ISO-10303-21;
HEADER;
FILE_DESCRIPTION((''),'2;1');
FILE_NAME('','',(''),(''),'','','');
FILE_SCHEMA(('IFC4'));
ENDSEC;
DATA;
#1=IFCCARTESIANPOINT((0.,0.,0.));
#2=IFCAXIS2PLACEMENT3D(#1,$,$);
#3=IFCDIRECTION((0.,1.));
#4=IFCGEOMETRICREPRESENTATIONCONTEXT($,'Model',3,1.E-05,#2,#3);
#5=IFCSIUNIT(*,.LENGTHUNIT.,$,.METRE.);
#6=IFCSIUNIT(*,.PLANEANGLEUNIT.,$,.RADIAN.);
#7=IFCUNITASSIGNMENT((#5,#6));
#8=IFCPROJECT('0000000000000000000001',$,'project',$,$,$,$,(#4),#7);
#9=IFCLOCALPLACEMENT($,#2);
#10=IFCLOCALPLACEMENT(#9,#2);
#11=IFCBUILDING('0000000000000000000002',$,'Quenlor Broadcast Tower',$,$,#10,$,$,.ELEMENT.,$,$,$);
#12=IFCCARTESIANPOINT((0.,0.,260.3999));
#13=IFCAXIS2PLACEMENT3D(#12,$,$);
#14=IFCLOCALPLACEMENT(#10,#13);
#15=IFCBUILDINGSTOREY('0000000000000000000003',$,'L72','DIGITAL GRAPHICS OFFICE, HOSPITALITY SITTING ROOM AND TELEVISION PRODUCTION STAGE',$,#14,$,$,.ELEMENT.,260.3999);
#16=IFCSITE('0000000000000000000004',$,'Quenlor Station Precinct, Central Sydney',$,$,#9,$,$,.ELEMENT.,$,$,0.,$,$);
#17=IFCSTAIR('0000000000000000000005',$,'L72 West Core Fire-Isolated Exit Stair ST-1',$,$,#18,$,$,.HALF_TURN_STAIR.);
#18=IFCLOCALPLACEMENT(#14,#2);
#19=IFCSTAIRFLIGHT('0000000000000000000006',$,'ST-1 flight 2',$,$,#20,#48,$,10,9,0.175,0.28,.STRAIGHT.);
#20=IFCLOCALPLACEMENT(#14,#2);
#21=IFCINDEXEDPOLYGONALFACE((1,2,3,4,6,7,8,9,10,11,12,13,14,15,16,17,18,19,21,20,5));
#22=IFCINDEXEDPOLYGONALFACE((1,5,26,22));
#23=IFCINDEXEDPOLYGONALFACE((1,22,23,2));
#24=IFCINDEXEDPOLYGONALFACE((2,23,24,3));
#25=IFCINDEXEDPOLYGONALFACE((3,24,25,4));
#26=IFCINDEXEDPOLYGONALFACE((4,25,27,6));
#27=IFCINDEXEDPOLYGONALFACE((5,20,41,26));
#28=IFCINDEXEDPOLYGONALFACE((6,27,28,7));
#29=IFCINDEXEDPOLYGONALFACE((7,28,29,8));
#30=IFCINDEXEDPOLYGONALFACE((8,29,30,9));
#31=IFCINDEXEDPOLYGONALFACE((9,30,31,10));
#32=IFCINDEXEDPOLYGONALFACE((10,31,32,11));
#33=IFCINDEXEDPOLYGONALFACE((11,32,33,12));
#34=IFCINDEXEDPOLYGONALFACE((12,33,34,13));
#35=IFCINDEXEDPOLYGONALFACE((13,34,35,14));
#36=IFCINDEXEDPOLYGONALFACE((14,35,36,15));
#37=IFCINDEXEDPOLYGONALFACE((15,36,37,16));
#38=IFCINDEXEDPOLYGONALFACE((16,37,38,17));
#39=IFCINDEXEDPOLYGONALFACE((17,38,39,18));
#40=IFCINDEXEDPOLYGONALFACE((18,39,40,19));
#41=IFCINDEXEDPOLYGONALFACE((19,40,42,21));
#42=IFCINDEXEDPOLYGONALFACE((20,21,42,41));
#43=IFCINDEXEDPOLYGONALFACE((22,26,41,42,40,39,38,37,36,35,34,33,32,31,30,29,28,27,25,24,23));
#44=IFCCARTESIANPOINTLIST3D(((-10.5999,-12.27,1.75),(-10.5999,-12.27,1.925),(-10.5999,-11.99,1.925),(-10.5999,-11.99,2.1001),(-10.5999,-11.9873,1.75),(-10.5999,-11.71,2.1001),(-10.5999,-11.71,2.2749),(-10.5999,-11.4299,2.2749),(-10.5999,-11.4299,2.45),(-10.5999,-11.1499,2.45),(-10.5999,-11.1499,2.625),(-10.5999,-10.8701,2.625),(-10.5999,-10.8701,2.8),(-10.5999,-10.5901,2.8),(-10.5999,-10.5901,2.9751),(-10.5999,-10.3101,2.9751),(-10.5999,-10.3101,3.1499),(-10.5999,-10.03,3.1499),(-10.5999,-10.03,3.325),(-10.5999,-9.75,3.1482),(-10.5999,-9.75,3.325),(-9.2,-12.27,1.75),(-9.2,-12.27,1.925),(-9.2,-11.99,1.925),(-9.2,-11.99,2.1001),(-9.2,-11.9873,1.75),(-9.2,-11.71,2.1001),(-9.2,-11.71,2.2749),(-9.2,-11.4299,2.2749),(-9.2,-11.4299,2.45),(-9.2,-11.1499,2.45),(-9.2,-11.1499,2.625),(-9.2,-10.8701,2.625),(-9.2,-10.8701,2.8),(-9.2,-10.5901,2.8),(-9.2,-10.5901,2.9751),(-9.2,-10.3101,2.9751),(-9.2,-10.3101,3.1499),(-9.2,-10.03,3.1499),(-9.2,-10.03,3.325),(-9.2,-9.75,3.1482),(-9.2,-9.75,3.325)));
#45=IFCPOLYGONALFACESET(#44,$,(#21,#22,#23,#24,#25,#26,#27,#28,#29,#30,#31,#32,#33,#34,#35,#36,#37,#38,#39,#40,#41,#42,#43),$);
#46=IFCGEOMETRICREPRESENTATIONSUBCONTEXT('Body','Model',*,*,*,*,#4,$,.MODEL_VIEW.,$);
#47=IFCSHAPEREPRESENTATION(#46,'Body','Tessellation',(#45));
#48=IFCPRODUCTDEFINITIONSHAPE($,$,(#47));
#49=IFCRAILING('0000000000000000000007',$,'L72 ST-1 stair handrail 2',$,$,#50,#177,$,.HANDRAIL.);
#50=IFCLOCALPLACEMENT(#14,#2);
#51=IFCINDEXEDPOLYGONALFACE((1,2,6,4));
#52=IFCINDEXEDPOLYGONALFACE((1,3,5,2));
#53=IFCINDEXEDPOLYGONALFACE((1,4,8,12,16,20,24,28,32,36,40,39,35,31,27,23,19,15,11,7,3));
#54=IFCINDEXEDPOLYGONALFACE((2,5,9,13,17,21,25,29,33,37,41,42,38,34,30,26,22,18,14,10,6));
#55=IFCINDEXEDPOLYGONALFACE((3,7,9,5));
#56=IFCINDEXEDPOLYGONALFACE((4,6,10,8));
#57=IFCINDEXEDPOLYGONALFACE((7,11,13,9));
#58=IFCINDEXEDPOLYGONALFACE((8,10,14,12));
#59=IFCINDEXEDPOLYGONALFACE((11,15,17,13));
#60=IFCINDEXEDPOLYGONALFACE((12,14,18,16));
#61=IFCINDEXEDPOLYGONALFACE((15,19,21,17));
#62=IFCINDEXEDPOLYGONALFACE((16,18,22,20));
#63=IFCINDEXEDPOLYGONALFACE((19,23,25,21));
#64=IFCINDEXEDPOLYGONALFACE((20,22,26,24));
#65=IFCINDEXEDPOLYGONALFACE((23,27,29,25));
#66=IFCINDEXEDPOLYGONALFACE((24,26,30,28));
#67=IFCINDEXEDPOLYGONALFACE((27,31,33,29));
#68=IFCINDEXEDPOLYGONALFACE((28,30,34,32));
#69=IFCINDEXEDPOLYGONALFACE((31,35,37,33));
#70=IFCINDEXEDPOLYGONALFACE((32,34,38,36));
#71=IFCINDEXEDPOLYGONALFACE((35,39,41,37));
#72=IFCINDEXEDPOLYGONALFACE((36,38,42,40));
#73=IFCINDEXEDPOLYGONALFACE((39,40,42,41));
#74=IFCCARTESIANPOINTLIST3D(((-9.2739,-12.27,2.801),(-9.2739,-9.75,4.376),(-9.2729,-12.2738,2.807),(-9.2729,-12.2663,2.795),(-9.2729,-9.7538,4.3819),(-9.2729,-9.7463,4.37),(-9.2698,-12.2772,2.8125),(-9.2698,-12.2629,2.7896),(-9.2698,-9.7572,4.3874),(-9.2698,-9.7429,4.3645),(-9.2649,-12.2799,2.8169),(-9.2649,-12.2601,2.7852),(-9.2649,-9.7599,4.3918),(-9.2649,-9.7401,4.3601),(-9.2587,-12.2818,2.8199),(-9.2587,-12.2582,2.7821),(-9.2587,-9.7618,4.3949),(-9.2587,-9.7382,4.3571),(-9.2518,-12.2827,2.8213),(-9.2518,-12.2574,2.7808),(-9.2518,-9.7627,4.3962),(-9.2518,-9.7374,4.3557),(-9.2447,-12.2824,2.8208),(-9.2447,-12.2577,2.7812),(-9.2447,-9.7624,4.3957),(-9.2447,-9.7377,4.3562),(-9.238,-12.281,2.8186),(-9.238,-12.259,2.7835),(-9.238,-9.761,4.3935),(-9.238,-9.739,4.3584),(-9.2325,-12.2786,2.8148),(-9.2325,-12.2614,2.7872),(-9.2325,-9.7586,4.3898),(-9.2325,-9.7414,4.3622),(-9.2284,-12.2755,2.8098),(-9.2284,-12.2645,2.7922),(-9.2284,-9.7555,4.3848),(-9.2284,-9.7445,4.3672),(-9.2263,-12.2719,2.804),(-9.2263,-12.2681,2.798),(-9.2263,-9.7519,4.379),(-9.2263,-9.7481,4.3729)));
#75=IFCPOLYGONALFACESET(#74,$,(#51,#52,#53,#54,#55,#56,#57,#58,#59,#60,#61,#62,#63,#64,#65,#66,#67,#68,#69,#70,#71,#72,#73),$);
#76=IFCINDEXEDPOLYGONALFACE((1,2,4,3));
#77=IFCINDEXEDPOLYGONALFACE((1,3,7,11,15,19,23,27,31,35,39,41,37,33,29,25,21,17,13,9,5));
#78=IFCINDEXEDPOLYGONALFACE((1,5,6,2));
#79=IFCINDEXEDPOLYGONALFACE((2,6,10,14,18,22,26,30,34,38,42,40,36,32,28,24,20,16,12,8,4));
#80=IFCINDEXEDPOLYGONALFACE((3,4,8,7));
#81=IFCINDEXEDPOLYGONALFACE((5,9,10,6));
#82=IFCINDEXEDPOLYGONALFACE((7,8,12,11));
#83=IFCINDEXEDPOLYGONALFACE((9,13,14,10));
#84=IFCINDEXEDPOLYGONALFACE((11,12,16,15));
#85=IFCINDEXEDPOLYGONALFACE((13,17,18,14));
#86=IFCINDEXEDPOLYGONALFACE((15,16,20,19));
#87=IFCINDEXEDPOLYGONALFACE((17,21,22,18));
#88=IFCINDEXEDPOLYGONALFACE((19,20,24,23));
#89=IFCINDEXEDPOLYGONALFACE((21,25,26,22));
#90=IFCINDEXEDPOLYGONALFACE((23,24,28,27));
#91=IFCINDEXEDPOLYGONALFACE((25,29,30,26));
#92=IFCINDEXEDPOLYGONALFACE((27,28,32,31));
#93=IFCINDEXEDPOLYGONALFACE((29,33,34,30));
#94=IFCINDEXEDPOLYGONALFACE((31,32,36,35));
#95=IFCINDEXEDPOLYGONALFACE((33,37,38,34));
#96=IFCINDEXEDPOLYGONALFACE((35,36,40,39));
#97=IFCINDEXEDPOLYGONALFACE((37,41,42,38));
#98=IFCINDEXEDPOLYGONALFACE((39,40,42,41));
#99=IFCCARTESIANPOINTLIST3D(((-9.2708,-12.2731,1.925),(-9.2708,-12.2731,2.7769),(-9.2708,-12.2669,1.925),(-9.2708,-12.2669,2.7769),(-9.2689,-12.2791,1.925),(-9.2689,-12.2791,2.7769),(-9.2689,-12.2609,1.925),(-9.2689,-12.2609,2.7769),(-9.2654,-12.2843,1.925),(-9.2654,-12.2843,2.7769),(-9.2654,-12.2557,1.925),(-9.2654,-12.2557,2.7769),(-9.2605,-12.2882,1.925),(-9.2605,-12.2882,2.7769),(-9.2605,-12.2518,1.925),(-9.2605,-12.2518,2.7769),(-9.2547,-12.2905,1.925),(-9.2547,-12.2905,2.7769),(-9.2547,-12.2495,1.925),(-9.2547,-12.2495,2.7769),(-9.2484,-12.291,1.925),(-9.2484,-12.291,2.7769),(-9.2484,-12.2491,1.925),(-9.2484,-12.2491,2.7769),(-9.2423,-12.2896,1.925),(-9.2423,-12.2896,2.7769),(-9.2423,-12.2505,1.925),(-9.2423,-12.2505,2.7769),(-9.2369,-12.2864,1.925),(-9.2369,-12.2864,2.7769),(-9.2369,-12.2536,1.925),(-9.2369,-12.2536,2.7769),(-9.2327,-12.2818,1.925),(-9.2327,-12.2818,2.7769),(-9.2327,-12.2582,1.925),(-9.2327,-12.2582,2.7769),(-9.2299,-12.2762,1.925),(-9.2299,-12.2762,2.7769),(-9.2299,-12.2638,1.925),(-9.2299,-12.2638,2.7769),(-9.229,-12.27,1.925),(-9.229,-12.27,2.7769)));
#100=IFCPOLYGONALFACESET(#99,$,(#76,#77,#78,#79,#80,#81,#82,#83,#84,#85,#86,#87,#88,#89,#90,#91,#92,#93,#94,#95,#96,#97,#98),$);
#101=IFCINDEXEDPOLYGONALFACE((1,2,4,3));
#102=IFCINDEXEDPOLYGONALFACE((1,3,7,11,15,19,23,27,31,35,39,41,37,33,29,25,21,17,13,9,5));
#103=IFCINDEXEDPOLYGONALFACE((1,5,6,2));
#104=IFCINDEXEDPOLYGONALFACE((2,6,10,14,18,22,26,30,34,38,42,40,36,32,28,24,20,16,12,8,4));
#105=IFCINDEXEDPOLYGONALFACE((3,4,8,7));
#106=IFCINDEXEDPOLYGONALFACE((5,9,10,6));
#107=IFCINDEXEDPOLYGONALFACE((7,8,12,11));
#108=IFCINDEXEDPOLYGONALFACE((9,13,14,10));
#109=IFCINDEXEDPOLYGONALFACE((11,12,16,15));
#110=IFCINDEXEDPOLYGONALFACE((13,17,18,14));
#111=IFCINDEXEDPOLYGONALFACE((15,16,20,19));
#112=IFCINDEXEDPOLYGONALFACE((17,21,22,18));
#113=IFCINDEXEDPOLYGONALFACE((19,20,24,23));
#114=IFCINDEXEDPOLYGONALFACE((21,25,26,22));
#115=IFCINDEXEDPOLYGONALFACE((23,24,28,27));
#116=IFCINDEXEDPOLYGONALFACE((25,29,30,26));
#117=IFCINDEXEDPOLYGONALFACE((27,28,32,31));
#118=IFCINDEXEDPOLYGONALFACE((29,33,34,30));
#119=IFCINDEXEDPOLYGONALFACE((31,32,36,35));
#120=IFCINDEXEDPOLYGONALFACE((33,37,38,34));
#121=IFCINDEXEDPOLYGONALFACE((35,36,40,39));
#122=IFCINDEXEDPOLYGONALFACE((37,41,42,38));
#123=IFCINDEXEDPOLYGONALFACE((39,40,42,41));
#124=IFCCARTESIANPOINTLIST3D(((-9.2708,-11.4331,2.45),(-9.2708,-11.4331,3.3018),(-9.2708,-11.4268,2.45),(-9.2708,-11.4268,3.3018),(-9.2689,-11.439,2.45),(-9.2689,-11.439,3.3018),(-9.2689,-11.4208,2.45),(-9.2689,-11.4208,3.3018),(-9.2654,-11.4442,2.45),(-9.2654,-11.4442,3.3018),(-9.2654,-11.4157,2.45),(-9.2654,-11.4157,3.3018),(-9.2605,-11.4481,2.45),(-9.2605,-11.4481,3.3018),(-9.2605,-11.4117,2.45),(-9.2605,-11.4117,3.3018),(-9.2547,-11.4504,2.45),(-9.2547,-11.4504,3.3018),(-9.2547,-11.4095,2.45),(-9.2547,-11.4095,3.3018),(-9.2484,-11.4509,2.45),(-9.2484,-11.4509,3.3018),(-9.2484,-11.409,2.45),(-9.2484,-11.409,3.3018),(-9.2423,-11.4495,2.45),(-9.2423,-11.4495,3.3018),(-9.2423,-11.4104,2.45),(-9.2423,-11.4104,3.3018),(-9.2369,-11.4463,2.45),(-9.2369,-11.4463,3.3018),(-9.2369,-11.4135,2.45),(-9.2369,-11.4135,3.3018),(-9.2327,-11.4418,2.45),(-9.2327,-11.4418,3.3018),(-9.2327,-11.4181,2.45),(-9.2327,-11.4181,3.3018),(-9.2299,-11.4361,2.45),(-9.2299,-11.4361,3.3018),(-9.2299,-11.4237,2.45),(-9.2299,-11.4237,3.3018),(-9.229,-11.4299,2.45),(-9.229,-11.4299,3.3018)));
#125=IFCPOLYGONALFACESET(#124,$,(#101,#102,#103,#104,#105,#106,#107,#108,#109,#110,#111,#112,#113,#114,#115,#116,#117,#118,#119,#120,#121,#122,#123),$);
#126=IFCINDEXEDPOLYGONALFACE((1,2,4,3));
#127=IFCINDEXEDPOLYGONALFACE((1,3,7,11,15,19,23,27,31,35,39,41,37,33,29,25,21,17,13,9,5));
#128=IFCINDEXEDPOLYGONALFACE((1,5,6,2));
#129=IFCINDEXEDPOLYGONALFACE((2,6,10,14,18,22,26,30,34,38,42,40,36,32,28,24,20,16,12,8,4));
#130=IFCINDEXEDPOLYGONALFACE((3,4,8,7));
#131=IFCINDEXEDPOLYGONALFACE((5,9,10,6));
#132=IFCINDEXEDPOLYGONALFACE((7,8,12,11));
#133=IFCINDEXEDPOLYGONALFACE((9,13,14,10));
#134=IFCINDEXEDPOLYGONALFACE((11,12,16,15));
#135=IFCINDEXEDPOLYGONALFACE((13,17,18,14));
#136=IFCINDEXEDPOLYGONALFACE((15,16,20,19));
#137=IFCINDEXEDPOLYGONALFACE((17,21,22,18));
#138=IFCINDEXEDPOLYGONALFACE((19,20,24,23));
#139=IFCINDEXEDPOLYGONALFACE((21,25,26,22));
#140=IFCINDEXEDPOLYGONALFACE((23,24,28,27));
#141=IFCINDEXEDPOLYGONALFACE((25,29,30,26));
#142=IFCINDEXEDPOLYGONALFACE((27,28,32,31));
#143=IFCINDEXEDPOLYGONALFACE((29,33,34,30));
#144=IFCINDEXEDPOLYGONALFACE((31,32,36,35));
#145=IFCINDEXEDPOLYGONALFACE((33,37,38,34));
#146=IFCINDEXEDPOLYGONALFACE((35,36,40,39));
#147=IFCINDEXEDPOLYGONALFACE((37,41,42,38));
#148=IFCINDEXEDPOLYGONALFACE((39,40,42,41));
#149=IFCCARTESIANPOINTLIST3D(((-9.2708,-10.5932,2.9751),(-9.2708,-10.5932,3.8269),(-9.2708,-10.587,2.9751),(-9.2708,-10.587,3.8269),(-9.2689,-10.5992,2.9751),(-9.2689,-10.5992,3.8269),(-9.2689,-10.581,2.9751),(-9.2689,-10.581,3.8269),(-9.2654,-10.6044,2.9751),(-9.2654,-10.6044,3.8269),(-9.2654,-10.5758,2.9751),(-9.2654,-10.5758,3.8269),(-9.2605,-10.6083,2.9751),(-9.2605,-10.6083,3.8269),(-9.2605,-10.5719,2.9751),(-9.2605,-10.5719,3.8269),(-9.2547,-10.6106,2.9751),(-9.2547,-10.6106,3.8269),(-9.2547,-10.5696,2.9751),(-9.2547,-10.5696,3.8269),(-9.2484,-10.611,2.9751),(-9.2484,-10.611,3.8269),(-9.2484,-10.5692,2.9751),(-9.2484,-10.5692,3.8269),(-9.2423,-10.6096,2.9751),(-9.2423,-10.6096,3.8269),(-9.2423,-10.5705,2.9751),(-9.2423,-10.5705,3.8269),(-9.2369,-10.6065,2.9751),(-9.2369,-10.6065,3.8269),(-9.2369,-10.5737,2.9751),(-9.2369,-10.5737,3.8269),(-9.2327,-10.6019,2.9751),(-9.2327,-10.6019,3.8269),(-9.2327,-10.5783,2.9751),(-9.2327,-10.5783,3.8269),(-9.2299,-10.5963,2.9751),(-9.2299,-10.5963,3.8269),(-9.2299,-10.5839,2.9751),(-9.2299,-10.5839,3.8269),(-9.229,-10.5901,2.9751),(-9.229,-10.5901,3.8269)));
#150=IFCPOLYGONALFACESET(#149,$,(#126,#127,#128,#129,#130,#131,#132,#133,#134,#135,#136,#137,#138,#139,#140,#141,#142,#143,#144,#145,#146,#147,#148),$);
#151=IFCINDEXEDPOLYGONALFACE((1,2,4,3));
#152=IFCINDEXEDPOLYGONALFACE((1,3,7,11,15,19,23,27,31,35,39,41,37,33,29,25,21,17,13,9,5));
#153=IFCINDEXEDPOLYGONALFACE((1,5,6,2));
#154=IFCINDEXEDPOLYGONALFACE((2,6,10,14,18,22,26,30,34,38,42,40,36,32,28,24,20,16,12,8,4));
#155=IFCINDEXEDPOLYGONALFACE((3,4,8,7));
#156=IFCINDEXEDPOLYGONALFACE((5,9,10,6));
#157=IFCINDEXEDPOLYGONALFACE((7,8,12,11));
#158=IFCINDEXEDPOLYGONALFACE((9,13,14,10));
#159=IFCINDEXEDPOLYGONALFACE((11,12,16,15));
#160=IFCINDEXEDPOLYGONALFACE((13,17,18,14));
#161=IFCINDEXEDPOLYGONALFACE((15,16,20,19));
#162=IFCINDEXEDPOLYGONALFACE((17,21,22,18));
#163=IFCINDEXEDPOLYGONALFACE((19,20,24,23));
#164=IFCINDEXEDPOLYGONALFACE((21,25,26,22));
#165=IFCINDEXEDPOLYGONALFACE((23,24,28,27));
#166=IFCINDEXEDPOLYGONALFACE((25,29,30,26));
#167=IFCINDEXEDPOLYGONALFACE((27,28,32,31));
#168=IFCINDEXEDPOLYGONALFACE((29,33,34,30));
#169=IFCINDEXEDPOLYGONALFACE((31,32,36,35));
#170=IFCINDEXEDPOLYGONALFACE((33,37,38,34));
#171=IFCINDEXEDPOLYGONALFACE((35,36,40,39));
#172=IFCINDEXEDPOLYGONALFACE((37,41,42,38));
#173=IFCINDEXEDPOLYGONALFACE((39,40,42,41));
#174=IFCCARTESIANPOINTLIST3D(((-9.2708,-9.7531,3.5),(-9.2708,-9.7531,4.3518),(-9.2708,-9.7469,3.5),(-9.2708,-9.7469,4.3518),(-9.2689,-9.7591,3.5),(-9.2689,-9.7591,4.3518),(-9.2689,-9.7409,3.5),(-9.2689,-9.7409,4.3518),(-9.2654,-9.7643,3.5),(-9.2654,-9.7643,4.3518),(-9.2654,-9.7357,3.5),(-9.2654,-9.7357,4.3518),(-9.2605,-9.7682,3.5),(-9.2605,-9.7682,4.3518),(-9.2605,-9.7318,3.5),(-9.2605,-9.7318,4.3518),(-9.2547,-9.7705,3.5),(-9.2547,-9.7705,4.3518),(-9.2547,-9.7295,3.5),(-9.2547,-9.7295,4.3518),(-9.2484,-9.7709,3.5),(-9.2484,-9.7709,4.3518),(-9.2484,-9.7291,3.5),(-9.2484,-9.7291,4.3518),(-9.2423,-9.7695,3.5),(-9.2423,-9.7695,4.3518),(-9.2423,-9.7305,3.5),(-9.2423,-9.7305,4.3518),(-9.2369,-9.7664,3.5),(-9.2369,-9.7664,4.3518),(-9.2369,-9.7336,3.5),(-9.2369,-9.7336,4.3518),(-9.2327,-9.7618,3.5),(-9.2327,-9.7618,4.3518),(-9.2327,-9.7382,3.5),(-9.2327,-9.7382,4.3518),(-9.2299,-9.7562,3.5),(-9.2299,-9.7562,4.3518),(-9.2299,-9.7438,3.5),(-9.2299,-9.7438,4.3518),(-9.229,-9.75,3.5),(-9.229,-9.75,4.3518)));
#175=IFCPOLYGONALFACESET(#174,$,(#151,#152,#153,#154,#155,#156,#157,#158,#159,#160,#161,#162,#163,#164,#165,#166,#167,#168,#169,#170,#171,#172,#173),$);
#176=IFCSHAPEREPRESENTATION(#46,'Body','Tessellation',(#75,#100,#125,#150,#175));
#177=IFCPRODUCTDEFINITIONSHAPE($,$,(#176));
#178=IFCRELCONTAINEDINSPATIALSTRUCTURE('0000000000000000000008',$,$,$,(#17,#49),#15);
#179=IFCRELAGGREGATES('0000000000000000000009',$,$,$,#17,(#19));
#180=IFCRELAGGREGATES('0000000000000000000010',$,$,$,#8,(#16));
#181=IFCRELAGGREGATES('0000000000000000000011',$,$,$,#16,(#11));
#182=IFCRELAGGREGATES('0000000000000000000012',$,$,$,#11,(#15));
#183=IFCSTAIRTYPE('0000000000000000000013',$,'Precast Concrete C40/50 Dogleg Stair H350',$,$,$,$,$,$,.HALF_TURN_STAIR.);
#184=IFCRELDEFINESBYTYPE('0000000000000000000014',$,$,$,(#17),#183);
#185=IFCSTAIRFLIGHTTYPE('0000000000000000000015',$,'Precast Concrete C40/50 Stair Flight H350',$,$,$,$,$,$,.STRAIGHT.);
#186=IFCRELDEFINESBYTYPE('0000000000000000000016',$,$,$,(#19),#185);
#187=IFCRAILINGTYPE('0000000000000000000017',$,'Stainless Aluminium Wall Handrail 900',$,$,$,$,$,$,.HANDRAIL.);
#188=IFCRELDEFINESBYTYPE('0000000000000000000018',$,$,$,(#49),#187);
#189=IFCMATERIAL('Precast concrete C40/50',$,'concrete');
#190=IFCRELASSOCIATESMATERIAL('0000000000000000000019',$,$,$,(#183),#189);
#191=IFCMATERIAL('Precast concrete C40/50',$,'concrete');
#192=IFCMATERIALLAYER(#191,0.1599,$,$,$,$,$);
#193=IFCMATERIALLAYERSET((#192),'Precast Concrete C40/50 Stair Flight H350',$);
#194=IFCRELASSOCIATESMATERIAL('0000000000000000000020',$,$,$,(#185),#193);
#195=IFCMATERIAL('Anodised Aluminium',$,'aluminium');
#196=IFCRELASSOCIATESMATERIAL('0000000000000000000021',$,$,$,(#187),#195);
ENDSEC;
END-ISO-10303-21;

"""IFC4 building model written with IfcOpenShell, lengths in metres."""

from ifc_helpers import new_model, si_unit, direction, frame, origin, origin_2d, place, context, subcontext, project, spatial, polyline, circle, outline, extrude, material, layer, layer_set, type_object, element, aggregate, save


model = new_model("IFC4")

# Units and contexts
model_context = context("Model", 3, precision=1e-05, world=origin(), true_north=direction((0.0, 1.0)))
body_context = subcontext(model_context, "Body", "Model", "MODEL_VIEW")
ifc_project = project(units=[si_unit("LENGTHUNIT", "METRE"), si_unit("PLANEANGLEUNIT", "RADIAN")], contexts=[model_context])

# Site, building, storey
site_placement = place(None, origin())
site = spatial("IfcSite", under=ifc_project, at=site_placement, Name="Quenlor Station Precinct, Central Sydney", CompositionType="ELEMENT", RefElevation=0.0)
building_placement = place(site_placement, origin())
building = spatial("IfcBuilding", under=site, at=building_placement, Name="Quenlor Broadcast Tower", CompositionType="ELEMENT")
storey_placement = place(building_placement, frame((0.0, 0.0, 260.3999)))
storey = spatial("IfcBuildingStorey", under=building, at=storey_placement, Name="L72", Description="DIGITAL GRAPHICS OFFICE, HOSPITALITY SITTING ROOM AND TELEVISION PRODUCTION STAGE", CompositionType="ELEMENT", Elevation=260.3999)

# Stair, stair flight
ifc_material_1 = material(Name="Precast concrete C40/50", Category="concrete")
stair_type = type_object("IfcStairType", Name="Precast Concrete C40/50 Dogleg Stair H350", PredefinedType="HALF_TURN_STAIR", material=ifc_material_1)
stair_placement = place(storey_placement, origin())
stair = element("IfcStair", 1, at=stair_placement, inside=storey, type_object=stair_type, Name="L72 West Core Fire-Isolated Exit Stair ST-1", PredefinedType="HALF_TURN_STAIR")
ifc_material_2 = material(Name="Precast concrete C40/50", Category="concrete")
ifc_layer_1 = layer(ifc_material_2, 0.1599)
ifc_layer_set_1 = layer_set([ifc_layer_1], Name="Precast Concrete C40/50 Stair Flight H350")
stair_flight_type = type_object("IfcStairFlightType", Name="Precast Concrete C40/50 Stair Flight H350", PredefinedType="STRAIGHT", material=ifc_layer_set_1)
stair_flight_1_placement = place(storey_placement, frame((-9.8999, -12.27, 1.75), z_axis=(0.0, 0.0, 1.0), x_axis=(0.0, 1.0, 0.0)))
stair_flight_1 = element("IfcStairFlight", 2, at=stair_flight_1_placement, type_object=stair_flight_type, Name="ST-1 flight 2", NumberOfRisers=10, NumberOfTreads=9, PredefinedType="STRAIGHT", RiserHeight=0.175, TreadLength=0.28, context=body_context, shape_type="SweptSolid", body=[
    extrude(outline(polyline([(0.0, 0.0), (0.0, 0.175), (0.28, 0.175), (0.28, 0.3501), (0.5601, 0.3501), (0.5601, 0.5249), (0.8401, 0.5249), (0.8401, 0.7), (1.1201, 0.7), (1.1201, 0.875), (1.3999, 0.875), (1.3999, 1.05), (1.6799, 1.05), (1.6799, 1.2251), (1.96, 1.2251), (1.96, 1.3999), (2.24, 1.3999), (2.24, 1.575), (2.52, 1.575), (2.52, 1.75), (2.52, 1.3982), (0.2827, 0.0), (0.0, 0.0)])), frame((0.0, 0.7, 0.0), z_axis=(0.0, -1.0, 0.0), x_axis=(1.0, 0.0, 0.0)), (0.0, 0.0, 1.0), 1.3999),
])
aggregate(stair, [stair_flight_1])

# Railing
ifc_material_3 = material(Name="Anodised Aluminium", Category="aluminium")
railing_type_1 = type_object("IfcRailingType", Name="Stainless Aluminium Wall Handrail 900", PredefinedType="HANDRAIL", material=ifc_material_3)
railing_1_placement = place(storey_placement, frame((-9.25, -12.27, 1.925)))
element("IfcRailing", 3, at=railing_1_placement, inside=storey, type_object=railing_type_1, Name="L72 ST-1 stair handrail 2", PredefinedType="HANDRAIL", context=body_context, shape_type="SweptSolid", body=[
    extrude(circle(Radius=0.0239, at=origin_2d()), frame((0.0, 0.0, 0.876), z_axis=(0.0, 0.848008, 0.529984), x_axis=(-1.0, 0.0, 0.0)), (0.0, 0.0, 1.0), 2.9717),
    extrude(circle(Radius=0.021, at=origin_2d()), origin(), (0.0, 0.0, 1.0), 0.8518),
    extrude(circle(Radius=0.021, at=origin_2d()), frame((0.0, 0.8401, 0.5249)), (0.0, 0.0, 1.0), 0.8518),
    extrude(circle(Radius=0.021, at=origin_2d()), frame((0.0, 1.6799, 1.05)), (0.0, 0.0, 1.0), 0.8518),
    extrude(circle(Radius=0.021, at=origin_2d()), frame((0.0, 2.52, 1.575)), (0.0, 0.0, 1.0), 0.8518),
])

save(model, "model.ifc")
